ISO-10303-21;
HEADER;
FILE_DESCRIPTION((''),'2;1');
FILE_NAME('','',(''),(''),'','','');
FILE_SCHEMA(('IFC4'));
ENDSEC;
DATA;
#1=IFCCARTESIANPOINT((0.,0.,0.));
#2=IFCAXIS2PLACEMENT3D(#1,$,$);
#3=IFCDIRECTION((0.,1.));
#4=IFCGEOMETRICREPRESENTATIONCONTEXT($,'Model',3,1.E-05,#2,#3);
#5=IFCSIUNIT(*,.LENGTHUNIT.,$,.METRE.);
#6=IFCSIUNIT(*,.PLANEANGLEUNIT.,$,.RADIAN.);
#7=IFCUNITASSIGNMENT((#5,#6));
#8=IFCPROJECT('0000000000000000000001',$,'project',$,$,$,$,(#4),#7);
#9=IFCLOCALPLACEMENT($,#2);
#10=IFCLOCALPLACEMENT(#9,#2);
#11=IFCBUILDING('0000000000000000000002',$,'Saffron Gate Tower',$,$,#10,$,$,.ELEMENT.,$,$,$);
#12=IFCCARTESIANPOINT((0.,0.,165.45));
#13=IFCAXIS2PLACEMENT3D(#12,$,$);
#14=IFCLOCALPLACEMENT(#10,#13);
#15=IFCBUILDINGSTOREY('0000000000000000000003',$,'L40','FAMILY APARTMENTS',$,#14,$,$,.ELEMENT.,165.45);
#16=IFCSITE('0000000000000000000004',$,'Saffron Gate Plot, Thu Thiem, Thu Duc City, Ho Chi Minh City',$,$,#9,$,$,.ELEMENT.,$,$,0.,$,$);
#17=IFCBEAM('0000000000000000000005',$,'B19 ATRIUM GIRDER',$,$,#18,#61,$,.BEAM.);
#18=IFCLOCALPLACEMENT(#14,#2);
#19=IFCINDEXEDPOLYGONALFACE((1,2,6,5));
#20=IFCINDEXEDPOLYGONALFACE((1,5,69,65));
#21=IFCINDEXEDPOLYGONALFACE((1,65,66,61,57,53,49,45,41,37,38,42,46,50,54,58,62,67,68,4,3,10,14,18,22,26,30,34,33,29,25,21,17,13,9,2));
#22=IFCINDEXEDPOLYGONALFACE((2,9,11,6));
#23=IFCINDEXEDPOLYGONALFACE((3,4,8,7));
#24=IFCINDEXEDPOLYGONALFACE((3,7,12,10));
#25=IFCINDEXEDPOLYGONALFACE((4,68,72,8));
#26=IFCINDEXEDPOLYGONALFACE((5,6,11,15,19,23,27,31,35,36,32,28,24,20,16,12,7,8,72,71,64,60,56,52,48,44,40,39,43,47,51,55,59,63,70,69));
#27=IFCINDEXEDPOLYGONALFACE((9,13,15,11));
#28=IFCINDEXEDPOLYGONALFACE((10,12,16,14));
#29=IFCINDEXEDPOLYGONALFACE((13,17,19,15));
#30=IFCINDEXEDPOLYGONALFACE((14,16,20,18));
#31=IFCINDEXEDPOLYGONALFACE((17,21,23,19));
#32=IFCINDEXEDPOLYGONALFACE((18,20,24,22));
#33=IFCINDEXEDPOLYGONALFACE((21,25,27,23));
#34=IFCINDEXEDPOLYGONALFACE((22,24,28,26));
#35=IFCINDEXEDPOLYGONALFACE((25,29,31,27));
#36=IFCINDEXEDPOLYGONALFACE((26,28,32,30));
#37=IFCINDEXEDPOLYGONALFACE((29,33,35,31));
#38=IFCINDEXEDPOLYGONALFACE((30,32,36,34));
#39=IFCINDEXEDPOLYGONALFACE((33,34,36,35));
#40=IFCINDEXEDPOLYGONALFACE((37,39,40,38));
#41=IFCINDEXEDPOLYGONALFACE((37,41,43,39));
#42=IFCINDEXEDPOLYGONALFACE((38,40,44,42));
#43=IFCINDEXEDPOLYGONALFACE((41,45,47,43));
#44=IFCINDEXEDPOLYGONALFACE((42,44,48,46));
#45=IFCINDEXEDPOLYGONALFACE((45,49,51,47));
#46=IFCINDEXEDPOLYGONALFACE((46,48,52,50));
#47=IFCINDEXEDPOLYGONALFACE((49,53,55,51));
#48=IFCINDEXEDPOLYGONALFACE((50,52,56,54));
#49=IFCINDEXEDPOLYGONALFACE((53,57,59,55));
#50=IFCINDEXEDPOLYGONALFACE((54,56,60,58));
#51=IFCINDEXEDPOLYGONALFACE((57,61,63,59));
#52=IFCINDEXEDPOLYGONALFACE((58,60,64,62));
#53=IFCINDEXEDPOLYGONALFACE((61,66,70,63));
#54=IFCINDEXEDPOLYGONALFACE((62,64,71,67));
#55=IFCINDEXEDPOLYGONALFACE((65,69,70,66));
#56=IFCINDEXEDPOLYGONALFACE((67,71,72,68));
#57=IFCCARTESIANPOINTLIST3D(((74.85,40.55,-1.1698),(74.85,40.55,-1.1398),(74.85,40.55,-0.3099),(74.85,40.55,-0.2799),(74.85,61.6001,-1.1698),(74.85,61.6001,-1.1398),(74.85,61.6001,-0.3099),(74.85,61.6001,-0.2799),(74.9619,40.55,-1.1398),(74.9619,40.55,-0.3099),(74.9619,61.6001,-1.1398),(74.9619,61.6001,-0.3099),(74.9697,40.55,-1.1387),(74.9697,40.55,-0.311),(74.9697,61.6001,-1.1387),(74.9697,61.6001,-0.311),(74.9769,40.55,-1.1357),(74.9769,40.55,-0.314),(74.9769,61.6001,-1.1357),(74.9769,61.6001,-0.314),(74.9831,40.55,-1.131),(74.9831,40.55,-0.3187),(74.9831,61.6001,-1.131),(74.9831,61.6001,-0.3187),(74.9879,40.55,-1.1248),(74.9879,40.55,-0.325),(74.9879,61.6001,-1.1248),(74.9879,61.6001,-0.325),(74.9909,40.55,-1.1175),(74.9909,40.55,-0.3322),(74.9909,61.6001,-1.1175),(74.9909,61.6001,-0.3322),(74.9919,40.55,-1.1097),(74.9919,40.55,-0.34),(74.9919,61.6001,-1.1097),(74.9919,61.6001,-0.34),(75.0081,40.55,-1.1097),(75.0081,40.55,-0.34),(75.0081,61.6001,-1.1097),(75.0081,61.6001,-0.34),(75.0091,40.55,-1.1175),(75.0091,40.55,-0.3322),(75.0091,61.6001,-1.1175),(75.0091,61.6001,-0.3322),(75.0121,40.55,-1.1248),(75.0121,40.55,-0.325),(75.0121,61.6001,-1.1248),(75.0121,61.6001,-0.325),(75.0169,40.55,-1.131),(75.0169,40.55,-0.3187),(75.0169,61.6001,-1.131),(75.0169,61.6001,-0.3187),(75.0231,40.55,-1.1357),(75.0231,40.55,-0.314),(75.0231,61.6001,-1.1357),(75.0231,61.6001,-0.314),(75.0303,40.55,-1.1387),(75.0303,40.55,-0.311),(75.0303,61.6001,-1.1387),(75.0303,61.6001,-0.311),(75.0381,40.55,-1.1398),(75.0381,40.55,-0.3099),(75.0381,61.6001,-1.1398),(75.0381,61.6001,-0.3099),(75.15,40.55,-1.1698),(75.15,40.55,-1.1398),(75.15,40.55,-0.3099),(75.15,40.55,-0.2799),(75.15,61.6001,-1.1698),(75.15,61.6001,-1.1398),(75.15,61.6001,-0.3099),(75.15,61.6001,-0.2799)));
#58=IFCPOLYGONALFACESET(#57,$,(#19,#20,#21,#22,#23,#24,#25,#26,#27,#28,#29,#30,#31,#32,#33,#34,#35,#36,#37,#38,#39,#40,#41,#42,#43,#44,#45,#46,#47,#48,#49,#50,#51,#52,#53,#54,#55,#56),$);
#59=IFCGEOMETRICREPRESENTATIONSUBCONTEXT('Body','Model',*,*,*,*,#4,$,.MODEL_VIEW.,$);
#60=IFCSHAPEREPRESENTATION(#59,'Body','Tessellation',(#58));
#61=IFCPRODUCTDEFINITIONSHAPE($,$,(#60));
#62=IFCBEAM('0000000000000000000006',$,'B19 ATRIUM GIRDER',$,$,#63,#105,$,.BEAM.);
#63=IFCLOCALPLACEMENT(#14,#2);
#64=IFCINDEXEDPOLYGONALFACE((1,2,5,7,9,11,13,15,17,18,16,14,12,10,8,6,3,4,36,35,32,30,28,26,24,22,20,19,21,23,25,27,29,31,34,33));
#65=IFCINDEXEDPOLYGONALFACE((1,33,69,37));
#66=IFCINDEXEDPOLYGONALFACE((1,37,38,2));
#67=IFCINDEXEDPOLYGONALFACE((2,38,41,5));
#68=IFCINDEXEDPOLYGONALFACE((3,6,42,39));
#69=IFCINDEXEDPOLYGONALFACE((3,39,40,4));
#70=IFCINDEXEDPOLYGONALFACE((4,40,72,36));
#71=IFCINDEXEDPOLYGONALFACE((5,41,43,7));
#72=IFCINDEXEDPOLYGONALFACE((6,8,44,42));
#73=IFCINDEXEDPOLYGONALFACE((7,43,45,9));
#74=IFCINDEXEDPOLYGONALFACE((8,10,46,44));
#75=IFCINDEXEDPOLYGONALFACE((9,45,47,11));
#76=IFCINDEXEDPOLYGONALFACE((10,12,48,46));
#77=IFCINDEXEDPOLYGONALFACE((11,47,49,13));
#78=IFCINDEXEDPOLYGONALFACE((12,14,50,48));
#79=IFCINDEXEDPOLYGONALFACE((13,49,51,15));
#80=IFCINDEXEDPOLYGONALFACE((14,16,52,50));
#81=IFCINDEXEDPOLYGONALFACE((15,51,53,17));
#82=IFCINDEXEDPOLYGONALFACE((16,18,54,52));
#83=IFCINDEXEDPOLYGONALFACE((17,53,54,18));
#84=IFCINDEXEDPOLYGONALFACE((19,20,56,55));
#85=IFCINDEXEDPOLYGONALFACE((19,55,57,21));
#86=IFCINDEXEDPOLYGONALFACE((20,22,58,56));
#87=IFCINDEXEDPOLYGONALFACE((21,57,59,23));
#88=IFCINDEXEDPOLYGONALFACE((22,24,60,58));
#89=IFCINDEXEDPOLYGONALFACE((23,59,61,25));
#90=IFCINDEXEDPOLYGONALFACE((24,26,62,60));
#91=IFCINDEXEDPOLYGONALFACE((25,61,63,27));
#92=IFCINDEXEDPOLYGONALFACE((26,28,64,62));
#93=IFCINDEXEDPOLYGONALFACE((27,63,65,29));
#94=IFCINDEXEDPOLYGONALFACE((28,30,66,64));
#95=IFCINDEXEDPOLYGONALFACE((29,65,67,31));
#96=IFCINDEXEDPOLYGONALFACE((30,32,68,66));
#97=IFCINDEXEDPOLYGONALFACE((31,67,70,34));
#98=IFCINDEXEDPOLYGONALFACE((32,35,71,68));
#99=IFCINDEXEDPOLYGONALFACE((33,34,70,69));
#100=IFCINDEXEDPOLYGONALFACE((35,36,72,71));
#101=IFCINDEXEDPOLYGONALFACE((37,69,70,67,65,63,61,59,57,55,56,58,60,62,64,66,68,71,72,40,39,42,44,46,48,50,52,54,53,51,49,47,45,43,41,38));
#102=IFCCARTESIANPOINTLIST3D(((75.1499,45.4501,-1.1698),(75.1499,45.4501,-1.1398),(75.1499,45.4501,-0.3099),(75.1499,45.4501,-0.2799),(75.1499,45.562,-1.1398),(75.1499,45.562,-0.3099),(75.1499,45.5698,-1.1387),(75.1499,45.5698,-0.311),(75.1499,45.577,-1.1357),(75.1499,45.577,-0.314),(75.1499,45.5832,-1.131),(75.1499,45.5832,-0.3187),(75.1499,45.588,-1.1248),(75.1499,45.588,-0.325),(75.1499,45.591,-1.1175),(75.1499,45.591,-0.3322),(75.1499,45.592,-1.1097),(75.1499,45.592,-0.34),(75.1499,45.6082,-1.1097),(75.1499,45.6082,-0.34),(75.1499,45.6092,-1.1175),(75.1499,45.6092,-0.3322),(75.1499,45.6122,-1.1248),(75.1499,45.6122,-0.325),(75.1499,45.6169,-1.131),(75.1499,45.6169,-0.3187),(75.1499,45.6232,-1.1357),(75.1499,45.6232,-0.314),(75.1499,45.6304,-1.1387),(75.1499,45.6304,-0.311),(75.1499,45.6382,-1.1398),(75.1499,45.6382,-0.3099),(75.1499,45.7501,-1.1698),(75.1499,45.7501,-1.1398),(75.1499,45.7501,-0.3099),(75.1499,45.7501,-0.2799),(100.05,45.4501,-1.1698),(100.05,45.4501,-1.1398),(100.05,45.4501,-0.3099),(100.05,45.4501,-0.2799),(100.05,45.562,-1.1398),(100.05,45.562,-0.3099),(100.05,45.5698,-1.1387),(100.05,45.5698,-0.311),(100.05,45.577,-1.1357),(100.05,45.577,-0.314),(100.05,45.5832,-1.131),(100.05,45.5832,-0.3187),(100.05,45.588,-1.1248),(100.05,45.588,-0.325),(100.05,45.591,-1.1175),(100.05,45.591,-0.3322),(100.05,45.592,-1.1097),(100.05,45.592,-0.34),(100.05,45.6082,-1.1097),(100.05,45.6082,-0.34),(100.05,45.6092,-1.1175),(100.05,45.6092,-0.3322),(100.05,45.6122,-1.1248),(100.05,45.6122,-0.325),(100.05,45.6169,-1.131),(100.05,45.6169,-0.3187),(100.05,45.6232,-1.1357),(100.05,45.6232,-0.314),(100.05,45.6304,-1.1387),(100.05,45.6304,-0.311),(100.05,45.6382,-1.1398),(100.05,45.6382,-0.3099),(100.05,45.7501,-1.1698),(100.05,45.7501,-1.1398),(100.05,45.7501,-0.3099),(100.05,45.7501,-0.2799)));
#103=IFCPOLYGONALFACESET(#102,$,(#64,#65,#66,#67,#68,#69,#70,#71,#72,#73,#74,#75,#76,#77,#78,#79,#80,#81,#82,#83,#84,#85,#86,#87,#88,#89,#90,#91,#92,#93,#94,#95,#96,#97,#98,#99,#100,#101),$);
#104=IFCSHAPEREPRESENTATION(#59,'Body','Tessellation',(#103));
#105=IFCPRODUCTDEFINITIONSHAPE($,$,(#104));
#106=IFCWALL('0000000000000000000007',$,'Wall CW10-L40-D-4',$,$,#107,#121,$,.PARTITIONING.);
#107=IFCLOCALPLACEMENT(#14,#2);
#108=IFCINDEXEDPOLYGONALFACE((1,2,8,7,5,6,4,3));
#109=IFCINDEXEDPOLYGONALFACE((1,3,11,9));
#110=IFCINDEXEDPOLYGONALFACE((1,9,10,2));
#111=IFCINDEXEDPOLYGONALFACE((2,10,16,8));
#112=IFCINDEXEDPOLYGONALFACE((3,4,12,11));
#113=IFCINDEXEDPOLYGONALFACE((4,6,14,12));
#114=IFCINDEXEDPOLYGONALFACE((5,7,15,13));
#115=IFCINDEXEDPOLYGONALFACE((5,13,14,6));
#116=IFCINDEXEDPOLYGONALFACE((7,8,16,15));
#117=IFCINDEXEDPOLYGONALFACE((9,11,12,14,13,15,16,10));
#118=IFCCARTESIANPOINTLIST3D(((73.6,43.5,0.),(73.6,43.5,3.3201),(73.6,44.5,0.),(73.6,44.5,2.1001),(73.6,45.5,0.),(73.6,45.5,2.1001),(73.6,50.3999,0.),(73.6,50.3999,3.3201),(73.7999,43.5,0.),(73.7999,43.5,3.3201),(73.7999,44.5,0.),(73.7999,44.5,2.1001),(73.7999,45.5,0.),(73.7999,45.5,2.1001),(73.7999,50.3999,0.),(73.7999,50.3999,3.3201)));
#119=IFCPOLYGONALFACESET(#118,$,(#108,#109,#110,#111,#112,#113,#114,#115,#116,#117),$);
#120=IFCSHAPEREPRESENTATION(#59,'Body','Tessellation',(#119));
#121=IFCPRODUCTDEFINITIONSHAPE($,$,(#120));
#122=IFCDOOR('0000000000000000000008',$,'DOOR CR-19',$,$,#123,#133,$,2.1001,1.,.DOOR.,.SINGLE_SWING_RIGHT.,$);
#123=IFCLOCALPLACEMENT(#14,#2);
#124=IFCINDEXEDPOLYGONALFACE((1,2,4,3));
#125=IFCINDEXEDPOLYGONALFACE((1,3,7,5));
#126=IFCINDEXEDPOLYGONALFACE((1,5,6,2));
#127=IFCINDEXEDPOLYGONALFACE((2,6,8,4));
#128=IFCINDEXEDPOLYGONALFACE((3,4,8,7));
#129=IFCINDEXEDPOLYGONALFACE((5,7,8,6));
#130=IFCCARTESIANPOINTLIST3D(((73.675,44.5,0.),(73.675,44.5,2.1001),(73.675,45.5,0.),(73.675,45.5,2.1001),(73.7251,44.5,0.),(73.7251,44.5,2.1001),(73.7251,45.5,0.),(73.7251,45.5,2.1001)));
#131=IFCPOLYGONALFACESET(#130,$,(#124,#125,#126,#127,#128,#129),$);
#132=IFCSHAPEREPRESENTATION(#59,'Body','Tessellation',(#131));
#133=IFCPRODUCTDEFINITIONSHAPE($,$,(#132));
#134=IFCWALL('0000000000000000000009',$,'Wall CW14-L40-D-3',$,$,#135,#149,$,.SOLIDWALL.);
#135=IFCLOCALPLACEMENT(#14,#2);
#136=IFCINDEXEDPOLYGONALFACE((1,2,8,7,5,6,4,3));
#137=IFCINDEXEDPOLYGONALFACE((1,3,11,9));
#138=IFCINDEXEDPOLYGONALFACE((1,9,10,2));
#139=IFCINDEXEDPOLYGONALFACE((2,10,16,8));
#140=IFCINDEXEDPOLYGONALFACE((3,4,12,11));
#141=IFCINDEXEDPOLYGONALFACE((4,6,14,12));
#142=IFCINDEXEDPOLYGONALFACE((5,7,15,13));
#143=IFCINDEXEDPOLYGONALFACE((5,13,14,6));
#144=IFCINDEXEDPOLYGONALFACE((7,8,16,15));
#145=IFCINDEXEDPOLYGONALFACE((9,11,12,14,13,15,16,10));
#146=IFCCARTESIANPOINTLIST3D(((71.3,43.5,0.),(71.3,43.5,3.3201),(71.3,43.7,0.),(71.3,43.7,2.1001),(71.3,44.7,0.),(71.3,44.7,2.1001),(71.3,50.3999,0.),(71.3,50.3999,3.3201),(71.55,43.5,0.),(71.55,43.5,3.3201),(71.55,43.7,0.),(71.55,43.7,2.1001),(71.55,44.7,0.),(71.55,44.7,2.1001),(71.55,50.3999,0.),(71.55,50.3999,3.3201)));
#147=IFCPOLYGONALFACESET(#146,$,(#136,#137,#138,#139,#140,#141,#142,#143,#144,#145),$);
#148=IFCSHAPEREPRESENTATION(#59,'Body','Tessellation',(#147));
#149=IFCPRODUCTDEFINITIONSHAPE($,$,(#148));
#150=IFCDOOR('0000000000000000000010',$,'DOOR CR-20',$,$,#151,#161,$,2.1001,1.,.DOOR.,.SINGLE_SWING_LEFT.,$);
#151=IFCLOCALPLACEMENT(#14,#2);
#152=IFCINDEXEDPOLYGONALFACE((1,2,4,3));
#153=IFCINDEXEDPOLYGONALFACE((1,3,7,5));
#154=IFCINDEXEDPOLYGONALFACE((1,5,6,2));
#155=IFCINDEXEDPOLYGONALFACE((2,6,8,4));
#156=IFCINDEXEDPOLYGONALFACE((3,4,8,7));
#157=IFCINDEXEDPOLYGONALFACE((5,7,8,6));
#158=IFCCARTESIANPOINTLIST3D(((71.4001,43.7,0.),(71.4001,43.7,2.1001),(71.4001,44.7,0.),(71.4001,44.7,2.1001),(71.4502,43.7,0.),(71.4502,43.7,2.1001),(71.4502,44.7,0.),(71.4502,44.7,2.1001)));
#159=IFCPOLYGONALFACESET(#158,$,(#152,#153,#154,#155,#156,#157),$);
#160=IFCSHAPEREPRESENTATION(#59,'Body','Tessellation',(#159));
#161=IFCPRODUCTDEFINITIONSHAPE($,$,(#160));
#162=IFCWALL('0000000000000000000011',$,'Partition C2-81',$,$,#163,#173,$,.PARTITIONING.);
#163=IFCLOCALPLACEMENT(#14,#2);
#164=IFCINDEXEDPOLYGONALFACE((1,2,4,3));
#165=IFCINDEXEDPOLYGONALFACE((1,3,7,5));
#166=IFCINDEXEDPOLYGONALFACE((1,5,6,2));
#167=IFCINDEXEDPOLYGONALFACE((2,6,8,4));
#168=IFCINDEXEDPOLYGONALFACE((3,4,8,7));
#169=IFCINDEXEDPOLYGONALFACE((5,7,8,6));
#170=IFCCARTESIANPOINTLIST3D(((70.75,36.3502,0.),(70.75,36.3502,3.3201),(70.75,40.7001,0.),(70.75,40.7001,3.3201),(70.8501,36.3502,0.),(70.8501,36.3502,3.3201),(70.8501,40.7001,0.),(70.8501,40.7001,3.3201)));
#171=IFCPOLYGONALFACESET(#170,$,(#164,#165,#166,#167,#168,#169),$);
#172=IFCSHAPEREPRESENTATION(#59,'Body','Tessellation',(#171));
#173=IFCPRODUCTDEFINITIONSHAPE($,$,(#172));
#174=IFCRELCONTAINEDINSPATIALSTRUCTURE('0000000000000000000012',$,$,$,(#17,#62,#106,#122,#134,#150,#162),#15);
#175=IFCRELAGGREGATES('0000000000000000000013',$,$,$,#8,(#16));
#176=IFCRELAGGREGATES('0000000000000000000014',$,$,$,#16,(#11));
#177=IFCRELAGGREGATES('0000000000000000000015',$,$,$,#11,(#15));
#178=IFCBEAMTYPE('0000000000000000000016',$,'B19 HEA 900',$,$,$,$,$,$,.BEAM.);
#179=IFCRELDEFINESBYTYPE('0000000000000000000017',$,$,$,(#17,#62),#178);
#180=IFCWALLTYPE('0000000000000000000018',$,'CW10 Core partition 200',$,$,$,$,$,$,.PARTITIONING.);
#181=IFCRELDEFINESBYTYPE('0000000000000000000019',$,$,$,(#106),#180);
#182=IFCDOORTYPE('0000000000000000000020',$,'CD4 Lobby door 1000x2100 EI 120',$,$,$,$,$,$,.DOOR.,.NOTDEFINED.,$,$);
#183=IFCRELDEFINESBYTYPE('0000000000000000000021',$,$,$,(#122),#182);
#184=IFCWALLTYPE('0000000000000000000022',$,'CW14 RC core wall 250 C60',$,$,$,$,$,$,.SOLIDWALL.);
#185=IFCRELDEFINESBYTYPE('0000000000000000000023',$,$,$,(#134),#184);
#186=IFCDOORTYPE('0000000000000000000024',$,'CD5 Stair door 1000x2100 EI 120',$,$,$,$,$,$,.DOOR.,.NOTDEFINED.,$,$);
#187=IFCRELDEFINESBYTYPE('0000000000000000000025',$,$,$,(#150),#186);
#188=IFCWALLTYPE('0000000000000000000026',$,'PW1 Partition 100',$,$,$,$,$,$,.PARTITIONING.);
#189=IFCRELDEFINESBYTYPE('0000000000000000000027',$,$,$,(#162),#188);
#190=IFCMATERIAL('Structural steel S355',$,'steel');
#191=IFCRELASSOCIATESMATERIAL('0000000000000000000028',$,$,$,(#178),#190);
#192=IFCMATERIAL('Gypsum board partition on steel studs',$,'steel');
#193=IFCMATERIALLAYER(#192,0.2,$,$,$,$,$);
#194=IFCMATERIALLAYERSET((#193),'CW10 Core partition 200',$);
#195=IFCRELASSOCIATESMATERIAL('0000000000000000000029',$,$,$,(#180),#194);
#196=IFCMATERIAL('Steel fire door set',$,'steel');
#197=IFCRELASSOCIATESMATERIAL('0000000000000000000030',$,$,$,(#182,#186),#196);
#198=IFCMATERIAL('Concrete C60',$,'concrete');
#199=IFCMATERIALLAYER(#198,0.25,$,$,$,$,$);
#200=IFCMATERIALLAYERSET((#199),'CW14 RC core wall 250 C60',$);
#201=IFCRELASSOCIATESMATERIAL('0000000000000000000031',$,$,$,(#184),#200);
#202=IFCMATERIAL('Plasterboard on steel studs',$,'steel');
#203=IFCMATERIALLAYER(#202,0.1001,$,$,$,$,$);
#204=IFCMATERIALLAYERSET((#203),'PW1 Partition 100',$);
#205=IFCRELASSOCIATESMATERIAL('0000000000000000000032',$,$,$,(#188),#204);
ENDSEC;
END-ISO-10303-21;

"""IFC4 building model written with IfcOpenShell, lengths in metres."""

from ifc_helpers import new_model, si_unit, direction, frame, frame_2d, origin, origin_2d, place, context, subcontext, project, spatial, rectangle, i_section, extrude, material, layer, layer_set, material_profile, profile_set, type_object, element, fill, save


model = new_model("IFC4")

# Units and contexts
model_context = context("Model", 3, precision=1e-05, world=origin(), true_north=direction((0.0, 1.0)))
body_context = subcontext(model_context, "Body", "Model", "MODEL_VIEW")
ifc_project = project(units=[si_unit("LENGTHUNIT", "METRE"), si_unit("PLANEANGLEUNIT", "RADIAN")], contexts=[model_context])

# Site, building, storey
site_placement = place(None, origin())
site = spatial("IfcSite", under=ifc_project, at=site_placement, Name="Saffron Gate Plot, Thu Thiem, Thu Duc City, Ho Chi Minh City", CompositionType="ELEMENT", RefElevation=0.0)
building_placement = place(site_placement, origin())
building = spatial("IfcBuilding", under=site, at=building_placement, Name="Saffron Gate Tower", CompositionType="ELEMENT")
storey_placement = place(building_placement, frame((0.0, 0.0, 165.45)))
storey = spatial("IfcBuildingStorey", under=building, at=storey_placement, Name="L40", Description="FAMILY APARTMENTS", CompositionType="ELEMENT", Elevation=165.45)

# Beams
ifc_material_1 = material(Name="Structural steel S355", Category="steel")
ifc_material_profile = material_profile(ifc_material_1, i_section(OverallWidth=0.3, OverallDepth=0.8899, WebThickness=0.0161, FlangeThickness=0.03, FilletRadius=0.03, at=origin_2d()))
ifc_profile_set = profile_set([ifc_material_profile], Name="Structural steel S355")
beam_type = type_object("IfcBeamType", Name="B19 HEA 900", PredefinedType="BEAM", material=ifc_profile_set)
beam_1_placement = place(storey_placement, frame((75.0, 40.55, -0.7249), z_axis=(0.0, 1.0, 0.0), x_axis=(-1.0, 0.0, 0.0)))
element("IfcBeam", 1, at=beam_1_placement, inside=storey, type_object=beam_type, Name="B19 ATRIUM GIRDER", PredefinedType="BEAM", context=body_context, shape_type="SweptSolid", body=[
    extrude(i_section(OverallWidth=0.3, OverallDepth=0.8899, WebThickness=0.0161, FlangeThickness=0.03, FilletRadius=0.03, at=origin_2d()), origin(), (0.0, 0.0, 1.0), 21.05),
])
beam_2_placement = place(storey_placement, frame((75.1499, 45.6001, -0.7249), z_axis=(1.0, 0.0, 0.0), x_axis=(0.0, 1.0, 0.0)))
element("IfcBeam", 2, at=beam_2_placement, inside=storey, type_object=beam_type, Name="B19 ATRIUM GIRDER", PredefinedType="BEAM", context=body_context, shape_type="SweptSolid", body=[
    extrude(i_section(OverallWidth=0.3, OverallDepth=0.8899, WebThickness=0.0161, FlangeThickness=0.03, FilletRadius=0.03, at=origin_2d()), origin(), (0.0, 0.0, 1.0), 24.9001),
])

# Walls, openings, doors
ifc_material_2 = material(Name="Gypsum board partition on steel studs", Category="steel")
ifc_layer_1 = layer(ifc_material_2, 0.2)
ifc_layer_set_1 = layer_set([ifc_layer_1], Name="CW10 Core partition 200")
wall_type_1 = type_object("IfcWallType", Name="CW10 Core partition 200", PredefinedType="PARTITIONING", material=ifc_layer_set_1)
wall_1_placement = place(storey_placement, frame((73.7, 43.5, 0.0), z_axis=(0.0, 0.0, 1.0), x_axis=(0.0, 1.0, 0.0)))
wall_1 = element("IfcWall", 3, at=wall_1_placement, inside=storey, type_object=wall_type_1, Name="Wall CW10-L40-D-4", PredefinedType="PARTITIONING", context=body_context, shape_type="SweptSolid", body=[
    extrude(rectangle(XDim=6.8999, YDim=0.2, at=frame_2d((3.45, 0.0))), origin(), (0.0, 0.0, 1.0), 3.3201),
])
opening_1_placement = place(wall_1_placement, frame((1.0, 0.0, 0.0)))
opening_1 = element("IfcOpeningElement", 4, at=opening_1_placement, cuts=wall_1, PredefinedType="OPENING", context=body_context, shape_type="SweptSolid", body=[
    extrude(rectangle(XDim=1.0, YDim=2.1001, at=frame_2d((0.5, 1.05))), frame((0.0, 0.1099, 0.0), z_axis=(0.0, -1.0, 0.0), x_axis=(1.0, 0.0, 0.0)), (0.0, 0.0, 1.0), 0.22),
])
ifc_material_3 = material(Name="Steel fire door set", Category="steel")
door_type_1 = type_object("IfcDoorType", Name="CD4 Lobby door 1000x2100 EI 120", OperationType="NOTDEFINED", PredefinedType="DOOR", material=ifc_material_3)
door_1_placement = place(opening_1_placement, origin())
door_1 = element("IfcDoor", 5, at=door_1_placement, inside=storey, type_object=door_type_1, Name="DOOR CR-19", OperationType="SINGLE_SWING_RIGHT", OverallHeight=2.1001, OverallWidth=1.0, PredefinedType="DOOR", context=body_context, shape_type="SweptSolid", body=[
    extrude(rectangle(XDim=1.0, YDim=2.1001, at=frame_2d((0.5, 1.05))), frame((0.0, 0.0249, 0.0), z_axis=(0.0, -1.0, 0.0), x_axis=(1.0, 0.0, 0.0)), (0.0, 0.0, 1.0), 0.05),
])
fill(opening_1, door_1)
ifc_material_4 = material(Name="Concrete C60", Category="concrete")
ifc_layer_2 = layer(ifc_material_4, 0.25)
ifc_layer_set_2 = layer_set([ifc_layer_2], Name="CW14 RC core wall 250 C60")
wall_type_2 = type_object("IfcWallType", Name="CW14 RC core wall 250 C60", PredefinedType="SOLIDWALL", material=ifc_layer_set_2)
wall_2_placement = place(storey_placement, frame((71.425, 43.5, 0.0), z_axis=(0.0, 0.0, 1.0), x_axis=(0.0, 1.0, 0.0)))
wall_2 = element("IfcWall", 6, at=wall_2_placement, inside=storey, type_object=wall_type_2, Name="Wall CW14-L40-D-3", PredefinedType="SOLIDWALL", context=body_context, shape_type="SweptSolid", body=[
    extrude(rectangle(XDim=6.8999, YDim=0.25, at=frame_2d((3.45, 0.0))), origin(), (0.0, 0.0, 1.0), 3.3201),
])
opening_2_placement = place(wall_2_placement, frame((0.2, 0.0, 0.0)))
opening_2 = element("IfcOpeningElement", 7, at=opening_2_placement, cuts=wall_2, PredefinedType="OPENING", context=body_context, shape_type="SweptSolid", body=[
    extrude(rectangle(XDim=1.0, YDim=2.1001, at=frame_2d((0.5, 1.05))), frame((0.0, 0.135, 0.0), z_axis=(0.0, -1.0, 0.0), x_axis=(1.0, 0.0, 0.0)), (0.0, 0.0, 1.0), 0.27),
])
door_type_2 = type_object("IfcDoorType", Name="CD5 Stair door 1000x2100 EI 120", OperationType="NOTDEFINED", PredefinedType="DOOR", material=ifc_material_3)
door_2_placement = place(opening_2_placement, origin())
door_2 = element("IfcDoor", 8, at=door_2_placement, inside=storey, type_object=door_type_2, Name="DOOR CR-20", OperationType="SINGLE_SWING_LEFT", OverallHeight=2.1001, OverallWidth=1.0, PredefinedType="DOOR", context=body_context, shape_type="SweptSolid", body=[
    extrude(rectangle(XDim=1.0, YDim=2.1001, at=frame_2d((0.5, 1.05))), frame((0.0, 0.0249, 0.0), z_axis=(0.0, -1.0, 0.0), x_axis=(1.0, 0.0, 0.0)), (0.0, 0.0, 1.0), 0.05),
])
fill(opening_2, door_2)

# Wall
ifc_material_5 = material(Name="Plasterboard on steel studs", Category="steel")
ifc_layer_3 = layer(ifc_material_5, 0.1001)
ifc_layer_set_3 = layer_set([ifc_layer_3], Name="PW1 Partition 100")
wall_type_3 = type_object("IfcWallType", Name="PW1 Partition 100", PredefinedType="PARTITIONING", material=ifc_layer_set_3)
wall_3_placement = place(storey_placement, frame((70.8, 40.7, 0.0), z_axis=(0.0, 0.0, 1.0), x_axis=(0.0, -1.0, 0.0)))
element("IfcWall", 9, at=wall_3_placement, inside=storey, type_object=wall_type_3, Name="Partition C2-81", PredefinedType="PARTITIONING", context=body_context, shape_type="SweptSolid", body=[
    extrude(rectangle(XDim=4.3499, YDim=0.1001, at=frame_2d((2.1748, 0.0))), origin(), (0.0, 0.0, 1.0), 3.3201),
])

save(model, "model.ifc")
